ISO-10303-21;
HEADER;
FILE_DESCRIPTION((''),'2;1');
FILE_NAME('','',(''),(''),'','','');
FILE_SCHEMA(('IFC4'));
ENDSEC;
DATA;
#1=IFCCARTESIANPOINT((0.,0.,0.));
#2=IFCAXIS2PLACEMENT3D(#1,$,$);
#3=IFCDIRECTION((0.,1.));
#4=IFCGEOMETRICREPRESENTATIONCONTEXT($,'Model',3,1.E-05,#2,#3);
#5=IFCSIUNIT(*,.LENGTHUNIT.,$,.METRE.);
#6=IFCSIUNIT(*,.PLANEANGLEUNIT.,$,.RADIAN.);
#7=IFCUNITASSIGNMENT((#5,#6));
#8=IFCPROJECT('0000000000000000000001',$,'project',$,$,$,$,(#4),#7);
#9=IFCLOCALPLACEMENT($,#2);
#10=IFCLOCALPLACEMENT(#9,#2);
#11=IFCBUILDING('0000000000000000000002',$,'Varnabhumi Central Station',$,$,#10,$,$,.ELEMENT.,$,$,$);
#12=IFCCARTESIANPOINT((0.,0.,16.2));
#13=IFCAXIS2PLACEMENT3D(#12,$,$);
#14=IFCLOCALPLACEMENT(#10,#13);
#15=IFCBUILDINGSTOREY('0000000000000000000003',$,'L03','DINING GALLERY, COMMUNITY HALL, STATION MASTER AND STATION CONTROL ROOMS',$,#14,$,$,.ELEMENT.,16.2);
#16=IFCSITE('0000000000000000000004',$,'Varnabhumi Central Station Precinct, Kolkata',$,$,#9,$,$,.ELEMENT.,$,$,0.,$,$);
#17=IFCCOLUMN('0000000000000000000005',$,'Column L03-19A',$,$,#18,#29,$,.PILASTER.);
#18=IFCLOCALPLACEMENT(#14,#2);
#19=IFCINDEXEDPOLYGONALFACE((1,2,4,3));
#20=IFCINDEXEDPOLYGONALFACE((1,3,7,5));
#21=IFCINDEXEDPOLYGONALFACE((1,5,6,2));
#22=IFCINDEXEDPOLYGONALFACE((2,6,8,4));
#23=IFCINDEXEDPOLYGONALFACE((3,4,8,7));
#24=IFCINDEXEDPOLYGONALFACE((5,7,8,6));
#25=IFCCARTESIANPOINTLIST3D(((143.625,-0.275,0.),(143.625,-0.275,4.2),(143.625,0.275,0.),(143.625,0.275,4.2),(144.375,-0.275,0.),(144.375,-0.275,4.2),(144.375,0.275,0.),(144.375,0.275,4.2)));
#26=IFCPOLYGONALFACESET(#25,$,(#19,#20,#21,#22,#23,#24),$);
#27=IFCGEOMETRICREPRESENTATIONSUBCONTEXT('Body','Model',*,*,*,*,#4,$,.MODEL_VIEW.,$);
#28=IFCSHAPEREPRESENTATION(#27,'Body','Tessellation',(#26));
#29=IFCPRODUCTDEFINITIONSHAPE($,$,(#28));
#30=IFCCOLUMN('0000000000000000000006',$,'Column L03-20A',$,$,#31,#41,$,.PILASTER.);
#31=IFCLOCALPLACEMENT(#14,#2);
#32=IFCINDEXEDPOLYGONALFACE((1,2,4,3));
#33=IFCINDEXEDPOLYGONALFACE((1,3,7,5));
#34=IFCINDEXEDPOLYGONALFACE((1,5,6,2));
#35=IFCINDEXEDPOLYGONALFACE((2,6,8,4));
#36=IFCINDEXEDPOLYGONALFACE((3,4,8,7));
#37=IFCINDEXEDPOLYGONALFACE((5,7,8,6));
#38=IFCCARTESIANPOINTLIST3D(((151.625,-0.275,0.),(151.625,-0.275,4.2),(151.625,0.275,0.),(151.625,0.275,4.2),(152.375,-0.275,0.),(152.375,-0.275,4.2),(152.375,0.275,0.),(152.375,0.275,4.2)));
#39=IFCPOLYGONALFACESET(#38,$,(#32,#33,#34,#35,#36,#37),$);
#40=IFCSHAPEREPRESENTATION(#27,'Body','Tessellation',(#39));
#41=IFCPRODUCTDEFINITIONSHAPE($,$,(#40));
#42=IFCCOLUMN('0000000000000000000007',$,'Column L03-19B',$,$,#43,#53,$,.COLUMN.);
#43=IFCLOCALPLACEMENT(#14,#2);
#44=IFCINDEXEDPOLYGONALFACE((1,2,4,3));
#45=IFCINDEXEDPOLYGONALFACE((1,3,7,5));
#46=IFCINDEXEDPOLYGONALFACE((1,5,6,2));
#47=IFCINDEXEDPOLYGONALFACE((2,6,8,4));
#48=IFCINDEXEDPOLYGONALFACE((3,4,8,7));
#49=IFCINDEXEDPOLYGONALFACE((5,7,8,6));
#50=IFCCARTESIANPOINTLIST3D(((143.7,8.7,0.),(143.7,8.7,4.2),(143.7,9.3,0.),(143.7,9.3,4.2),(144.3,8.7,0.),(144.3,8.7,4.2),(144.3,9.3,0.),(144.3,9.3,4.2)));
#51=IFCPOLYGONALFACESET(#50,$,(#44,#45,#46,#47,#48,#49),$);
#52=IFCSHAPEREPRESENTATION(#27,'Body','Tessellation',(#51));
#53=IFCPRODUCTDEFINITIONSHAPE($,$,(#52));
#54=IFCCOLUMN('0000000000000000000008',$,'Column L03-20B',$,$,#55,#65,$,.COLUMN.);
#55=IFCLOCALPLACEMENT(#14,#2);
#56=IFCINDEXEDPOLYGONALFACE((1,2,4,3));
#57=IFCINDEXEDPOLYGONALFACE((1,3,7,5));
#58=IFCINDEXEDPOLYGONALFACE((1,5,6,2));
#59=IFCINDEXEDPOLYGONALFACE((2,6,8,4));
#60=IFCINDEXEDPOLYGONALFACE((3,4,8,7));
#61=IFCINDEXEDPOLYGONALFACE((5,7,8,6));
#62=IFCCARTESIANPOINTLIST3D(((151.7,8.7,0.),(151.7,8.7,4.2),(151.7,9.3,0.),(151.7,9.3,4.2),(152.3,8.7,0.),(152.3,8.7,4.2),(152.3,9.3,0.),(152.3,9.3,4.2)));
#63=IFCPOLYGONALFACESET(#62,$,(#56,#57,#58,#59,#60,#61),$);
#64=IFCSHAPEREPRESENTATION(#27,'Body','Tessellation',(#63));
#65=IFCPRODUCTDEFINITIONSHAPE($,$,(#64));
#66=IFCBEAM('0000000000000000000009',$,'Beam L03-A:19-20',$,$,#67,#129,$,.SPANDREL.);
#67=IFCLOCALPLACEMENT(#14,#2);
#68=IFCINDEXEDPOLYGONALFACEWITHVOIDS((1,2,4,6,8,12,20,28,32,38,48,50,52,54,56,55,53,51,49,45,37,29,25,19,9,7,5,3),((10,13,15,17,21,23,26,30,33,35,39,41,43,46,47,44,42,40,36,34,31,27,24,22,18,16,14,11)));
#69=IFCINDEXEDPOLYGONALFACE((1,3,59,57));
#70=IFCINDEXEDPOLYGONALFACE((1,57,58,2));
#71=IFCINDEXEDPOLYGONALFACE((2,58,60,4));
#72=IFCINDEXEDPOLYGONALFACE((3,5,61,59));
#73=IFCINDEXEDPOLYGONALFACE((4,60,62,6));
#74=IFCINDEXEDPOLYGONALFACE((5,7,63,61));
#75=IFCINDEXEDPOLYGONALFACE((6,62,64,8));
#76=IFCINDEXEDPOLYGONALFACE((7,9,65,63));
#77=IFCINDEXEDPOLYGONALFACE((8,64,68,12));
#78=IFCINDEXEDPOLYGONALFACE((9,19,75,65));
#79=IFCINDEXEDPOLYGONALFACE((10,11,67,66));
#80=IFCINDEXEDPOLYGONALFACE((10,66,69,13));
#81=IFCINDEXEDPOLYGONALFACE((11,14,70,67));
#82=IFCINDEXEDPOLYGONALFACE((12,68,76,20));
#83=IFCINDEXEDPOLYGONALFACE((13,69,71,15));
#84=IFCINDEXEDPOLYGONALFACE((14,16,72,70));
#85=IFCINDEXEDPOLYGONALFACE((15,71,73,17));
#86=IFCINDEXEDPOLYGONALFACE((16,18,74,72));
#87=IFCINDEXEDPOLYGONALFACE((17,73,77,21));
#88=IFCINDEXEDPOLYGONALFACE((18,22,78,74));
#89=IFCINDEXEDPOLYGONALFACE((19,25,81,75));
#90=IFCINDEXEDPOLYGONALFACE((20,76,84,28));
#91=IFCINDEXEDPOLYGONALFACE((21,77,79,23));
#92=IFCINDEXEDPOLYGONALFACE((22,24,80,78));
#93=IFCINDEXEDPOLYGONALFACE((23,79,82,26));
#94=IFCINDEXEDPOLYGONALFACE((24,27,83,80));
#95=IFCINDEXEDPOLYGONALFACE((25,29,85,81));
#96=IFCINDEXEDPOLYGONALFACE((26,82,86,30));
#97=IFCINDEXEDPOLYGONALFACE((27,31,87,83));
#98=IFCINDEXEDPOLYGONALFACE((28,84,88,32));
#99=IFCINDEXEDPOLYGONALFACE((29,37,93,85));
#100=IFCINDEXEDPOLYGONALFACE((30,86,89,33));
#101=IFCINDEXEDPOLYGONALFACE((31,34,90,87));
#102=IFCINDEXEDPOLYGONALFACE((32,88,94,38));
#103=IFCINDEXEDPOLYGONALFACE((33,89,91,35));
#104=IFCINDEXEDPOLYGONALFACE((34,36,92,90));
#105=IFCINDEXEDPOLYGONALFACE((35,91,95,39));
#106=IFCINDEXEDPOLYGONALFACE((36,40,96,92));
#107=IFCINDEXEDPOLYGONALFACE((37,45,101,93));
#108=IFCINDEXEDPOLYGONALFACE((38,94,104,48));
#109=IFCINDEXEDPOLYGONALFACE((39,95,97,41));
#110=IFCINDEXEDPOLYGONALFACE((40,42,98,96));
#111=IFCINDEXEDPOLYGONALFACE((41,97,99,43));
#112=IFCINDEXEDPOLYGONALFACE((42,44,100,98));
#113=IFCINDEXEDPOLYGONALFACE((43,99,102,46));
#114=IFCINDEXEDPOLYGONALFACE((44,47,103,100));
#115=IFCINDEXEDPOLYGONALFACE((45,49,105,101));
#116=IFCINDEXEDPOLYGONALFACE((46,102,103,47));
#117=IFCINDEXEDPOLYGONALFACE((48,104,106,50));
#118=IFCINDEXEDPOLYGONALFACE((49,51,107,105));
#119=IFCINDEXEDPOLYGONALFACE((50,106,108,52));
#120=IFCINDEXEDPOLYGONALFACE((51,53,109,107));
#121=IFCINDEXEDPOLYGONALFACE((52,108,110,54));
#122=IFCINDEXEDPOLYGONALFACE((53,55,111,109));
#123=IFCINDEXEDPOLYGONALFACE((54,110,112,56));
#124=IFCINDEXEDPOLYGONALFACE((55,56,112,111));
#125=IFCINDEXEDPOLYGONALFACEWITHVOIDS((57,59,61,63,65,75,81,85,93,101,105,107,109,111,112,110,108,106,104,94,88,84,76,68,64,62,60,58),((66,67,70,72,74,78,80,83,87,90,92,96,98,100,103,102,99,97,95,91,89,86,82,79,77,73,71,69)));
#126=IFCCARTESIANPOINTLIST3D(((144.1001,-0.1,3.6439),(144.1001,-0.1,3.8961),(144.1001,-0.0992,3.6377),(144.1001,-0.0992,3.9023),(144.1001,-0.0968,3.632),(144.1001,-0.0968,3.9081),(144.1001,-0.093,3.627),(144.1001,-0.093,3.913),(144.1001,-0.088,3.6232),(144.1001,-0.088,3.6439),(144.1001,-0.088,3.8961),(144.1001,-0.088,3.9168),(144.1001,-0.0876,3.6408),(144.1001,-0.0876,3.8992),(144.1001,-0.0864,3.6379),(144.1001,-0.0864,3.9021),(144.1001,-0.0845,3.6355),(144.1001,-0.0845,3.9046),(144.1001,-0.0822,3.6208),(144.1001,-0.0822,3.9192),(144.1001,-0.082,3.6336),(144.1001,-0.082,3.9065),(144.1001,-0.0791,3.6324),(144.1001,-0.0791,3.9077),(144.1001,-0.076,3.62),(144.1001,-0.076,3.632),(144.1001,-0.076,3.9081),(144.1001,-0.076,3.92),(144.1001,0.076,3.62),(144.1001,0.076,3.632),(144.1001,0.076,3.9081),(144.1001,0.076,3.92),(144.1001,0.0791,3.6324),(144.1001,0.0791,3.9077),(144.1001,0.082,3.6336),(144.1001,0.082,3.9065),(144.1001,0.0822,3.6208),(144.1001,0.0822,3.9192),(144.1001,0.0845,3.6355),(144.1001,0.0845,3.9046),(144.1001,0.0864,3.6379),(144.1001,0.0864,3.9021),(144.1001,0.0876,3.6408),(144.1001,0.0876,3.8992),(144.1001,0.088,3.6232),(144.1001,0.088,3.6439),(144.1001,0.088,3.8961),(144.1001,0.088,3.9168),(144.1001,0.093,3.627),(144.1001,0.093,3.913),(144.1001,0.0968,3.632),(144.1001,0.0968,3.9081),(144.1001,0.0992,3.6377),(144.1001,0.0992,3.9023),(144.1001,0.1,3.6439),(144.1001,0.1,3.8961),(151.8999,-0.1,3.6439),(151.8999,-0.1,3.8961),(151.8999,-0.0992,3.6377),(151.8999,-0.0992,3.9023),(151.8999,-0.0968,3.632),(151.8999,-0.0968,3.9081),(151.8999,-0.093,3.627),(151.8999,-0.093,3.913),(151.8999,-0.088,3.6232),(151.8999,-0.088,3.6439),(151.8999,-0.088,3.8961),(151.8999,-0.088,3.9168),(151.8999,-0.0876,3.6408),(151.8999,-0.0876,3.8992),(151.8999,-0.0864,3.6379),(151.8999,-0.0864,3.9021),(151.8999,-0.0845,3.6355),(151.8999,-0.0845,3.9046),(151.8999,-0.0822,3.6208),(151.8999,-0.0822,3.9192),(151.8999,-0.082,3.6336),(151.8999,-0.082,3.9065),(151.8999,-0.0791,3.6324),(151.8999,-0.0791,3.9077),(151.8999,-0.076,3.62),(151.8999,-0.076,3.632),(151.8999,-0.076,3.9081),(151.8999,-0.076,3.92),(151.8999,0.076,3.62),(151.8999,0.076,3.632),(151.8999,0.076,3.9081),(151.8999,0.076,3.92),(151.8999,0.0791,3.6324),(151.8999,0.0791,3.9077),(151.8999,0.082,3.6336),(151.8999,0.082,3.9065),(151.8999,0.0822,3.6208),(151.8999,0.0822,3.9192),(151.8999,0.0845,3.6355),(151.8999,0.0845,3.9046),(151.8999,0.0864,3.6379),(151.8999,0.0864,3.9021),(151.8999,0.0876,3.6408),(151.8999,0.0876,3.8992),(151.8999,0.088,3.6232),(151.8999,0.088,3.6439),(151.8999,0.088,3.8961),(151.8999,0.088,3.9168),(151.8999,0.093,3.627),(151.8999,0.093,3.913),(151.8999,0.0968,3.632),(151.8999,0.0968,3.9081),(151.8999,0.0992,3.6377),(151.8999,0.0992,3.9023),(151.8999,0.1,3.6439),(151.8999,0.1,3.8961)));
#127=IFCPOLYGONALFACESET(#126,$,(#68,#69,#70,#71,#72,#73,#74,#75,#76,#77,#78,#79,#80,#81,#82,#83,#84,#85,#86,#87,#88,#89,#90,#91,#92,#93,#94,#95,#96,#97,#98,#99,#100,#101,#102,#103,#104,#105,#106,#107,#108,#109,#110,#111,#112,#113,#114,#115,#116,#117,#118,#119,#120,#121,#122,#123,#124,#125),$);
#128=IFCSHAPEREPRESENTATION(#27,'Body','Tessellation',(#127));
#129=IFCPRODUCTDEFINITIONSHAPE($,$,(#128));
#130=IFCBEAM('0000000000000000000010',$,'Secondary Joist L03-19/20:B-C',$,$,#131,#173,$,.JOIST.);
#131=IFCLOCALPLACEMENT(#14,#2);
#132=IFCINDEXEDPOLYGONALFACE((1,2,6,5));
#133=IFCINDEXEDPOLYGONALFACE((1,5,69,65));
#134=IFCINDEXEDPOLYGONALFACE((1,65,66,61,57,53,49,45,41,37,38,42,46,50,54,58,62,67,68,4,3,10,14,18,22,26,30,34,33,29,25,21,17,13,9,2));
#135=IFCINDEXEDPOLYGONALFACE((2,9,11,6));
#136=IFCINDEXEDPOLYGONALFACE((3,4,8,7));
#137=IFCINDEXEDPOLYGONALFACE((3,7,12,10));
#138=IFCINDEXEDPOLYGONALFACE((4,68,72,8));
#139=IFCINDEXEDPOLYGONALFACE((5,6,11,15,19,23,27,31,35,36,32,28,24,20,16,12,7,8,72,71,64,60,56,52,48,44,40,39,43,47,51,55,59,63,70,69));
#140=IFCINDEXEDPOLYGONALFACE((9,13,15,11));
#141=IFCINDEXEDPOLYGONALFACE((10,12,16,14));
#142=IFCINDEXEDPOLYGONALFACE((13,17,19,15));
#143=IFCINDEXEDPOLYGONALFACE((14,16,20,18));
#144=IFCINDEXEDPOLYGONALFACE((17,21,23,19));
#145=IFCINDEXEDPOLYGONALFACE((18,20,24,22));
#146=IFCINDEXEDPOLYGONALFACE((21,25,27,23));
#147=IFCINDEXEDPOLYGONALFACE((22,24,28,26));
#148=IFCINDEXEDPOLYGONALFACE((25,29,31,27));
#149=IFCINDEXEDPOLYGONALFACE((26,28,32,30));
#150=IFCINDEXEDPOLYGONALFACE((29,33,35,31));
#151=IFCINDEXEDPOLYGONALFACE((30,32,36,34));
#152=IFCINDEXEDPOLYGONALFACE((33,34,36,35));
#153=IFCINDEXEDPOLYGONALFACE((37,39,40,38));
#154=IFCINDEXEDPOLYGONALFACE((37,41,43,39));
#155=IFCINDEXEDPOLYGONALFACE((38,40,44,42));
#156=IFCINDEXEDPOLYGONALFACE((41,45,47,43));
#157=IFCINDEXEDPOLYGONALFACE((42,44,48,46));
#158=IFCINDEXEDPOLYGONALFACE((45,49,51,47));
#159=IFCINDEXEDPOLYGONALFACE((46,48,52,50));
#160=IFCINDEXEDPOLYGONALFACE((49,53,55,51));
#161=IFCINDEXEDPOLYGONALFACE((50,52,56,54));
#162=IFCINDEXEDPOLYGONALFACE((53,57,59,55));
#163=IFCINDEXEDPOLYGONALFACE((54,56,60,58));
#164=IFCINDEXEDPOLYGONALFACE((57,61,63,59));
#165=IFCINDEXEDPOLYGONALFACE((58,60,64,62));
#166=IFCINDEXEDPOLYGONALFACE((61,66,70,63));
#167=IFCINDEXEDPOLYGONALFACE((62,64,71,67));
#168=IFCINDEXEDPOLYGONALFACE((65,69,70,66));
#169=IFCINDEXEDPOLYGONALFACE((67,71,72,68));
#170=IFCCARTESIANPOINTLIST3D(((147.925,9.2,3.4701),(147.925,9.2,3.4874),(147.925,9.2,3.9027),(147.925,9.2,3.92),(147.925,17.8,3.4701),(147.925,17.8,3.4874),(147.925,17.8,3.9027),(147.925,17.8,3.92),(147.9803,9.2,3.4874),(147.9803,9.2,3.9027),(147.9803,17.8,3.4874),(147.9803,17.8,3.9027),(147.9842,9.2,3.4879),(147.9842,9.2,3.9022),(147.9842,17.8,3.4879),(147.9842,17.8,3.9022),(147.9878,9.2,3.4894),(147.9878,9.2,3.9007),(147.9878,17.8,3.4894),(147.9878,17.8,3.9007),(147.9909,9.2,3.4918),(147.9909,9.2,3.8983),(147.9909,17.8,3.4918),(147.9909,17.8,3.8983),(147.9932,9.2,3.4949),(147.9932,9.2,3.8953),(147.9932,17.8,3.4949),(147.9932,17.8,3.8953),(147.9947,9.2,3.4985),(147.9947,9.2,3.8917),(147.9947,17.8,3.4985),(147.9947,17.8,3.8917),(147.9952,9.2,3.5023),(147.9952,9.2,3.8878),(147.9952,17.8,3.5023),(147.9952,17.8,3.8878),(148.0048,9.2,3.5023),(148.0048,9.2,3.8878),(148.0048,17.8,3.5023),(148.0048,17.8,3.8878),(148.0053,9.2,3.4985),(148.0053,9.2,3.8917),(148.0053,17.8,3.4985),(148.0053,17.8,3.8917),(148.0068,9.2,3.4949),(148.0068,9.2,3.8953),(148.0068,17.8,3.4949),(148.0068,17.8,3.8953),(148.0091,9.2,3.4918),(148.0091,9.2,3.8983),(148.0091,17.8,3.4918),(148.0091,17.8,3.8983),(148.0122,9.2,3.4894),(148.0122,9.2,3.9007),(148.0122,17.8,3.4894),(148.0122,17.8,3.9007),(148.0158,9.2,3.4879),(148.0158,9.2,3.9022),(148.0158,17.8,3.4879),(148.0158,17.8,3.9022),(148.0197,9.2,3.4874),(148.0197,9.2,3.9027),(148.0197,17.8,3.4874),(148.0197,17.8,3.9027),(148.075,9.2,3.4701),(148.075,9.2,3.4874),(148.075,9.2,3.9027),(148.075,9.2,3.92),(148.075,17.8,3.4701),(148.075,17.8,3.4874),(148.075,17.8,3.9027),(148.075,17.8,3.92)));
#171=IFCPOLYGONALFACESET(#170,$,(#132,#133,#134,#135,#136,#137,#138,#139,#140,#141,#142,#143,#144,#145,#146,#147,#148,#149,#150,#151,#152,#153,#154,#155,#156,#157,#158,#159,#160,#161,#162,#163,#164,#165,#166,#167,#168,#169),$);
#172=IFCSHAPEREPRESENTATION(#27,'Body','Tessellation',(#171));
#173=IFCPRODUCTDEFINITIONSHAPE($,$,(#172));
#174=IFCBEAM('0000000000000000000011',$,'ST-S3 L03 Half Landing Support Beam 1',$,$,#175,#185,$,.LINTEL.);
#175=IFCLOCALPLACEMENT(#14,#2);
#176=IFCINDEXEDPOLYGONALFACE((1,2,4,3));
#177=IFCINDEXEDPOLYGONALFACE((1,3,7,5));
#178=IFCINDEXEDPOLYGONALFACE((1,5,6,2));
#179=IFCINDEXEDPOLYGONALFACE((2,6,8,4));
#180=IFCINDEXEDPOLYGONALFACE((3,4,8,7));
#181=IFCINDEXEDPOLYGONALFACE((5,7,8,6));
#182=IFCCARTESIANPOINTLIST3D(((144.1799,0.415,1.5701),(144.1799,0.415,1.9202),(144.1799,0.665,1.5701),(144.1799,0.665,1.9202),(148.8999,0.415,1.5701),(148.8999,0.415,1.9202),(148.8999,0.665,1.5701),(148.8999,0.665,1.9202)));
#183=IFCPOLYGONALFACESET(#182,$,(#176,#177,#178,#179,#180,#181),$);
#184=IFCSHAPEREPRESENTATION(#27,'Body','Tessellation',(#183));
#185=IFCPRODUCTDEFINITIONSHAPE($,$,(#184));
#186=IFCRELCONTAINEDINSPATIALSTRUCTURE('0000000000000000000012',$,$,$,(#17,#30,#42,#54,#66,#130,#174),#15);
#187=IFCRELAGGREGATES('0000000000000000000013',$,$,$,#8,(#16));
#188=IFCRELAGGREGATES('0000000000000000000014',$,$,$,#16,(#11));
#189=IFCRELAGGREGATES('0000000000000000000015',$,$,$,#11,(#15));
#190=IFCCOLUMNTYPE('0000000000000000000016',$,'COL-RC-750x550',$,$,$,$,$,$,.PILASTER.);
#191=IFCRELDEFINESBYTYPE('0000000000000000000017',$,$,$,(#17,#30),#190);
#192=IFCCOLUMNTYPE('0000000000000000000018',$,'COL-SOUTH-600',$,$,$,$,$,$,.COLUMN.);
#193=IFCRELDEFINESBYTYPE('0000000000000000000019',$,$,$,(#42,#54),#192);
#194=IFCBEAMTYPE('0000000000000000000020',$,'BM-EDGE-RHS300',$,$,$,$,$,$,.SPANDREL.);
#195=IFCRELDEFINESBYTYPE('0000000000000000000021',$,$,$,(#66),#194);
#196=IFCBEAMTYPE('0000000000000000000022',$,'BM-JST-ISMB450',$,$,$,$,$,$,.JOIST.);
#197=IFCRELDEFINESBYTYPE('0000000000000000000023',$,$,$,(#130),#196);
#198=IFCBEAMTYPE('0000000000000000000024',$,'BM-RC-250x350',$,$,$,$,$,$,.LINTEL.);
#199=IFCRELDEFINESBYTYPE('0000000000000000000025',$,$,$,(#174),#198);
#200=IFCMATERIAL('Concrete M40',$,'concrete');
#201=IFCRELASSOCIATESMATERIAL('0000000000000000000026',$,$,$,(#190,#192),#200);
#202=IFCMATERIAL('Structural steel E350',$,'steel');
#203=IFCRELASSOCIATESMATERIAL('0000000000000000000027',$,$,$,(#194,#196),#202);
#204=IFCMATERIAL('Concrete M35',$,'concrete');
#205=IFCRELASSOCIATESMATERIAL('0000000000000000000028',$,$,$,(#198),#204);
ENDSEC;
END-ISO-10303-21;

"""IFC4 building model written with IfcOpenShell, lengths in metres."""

from ifc_helpers import new_model, si_unit, direction, frame, origin, origin_2d, place, context, subcontext, project, spatial, rectangle, hollow_rectangle, i_section, extrude, material, material_profile, profile_set, type_object, element, save


model = new_model("IFC4")

# Units and contexts
model_context = context("Model", 3, precision=1e-05, world=origin(), true_north=direction((0.0, 1.0)))
body_context = subcontext(model_context, "Body", "Model", "MODEL_VIEW")
ifc_project = project(units=[si_unit("LENGTHUNIT", "METRE"), si_unit("PLANEANGLEUNIT", "RADIAN")], contexts=[model_context])

# Site, building, storey
site_placement = place(None, origin())
site = spatial("IfcSite", under=ifc_project, at=site_placement, Name="Varnabhumi Central Station Precinct, Kolkata", CompositionType="ELEMENT", RefElevation=0.0)
building_placement = place(site_placement, origin())
building = spatial("IfcBuilding", under=site, at=building_placement, Name="Varnabhumi Central Station", CompositionType="ELEMENT")
storey_placement = place(building_placement, frame((0.0, 0.0, 16.2)))
storey = spatial("IfcBuildingStorey", under=building, at=storey_placement, Name="L03", Description="DINING GALLERY, COMMUNITY HALL, STATION MASTER AND STATION CONTROL ROOMS", CompositionType="ELEMENT", Elevation=16.2)

# Columns
ifc_material_1 = material(Name="Concrete M40", Category="concrete")
ifc_material_profile_1 = material_profile(ifc_material_1, rectangle(XDim=0.75, YDim=0.55, at=origin_2d()), Name="Concrete M40", Category="concrete")
ifc_profile_set_1 = profile_set([ifc_material_profile_1], Name="Concrete M40")
column_type_1 = type_object("IfcColumnType", Name="COL-RC-750x550", PredefinedType="PILASTER", material=ifc_profile_set_1)
for number, where, z_axis, x_axis, name in (
    (1, (144.0, 0.0, 0.0), (0.0, 0.0, 1.0), (1.0, 0.0, 0.0), "Column L03-19A"),
    (2, (152.0, 0.0, 0.0), (0.0, 0.0, 1.0), (1.0, 0.0, 0.0), "Column L03-20A"),
):
    element("IfcColumn", number, at=place(storey_placement, frame(where, z_axis=z_axis, x_axis=x_axis)), inside=storey, type_object=column_type_1, Name=name, PredefinedType="PILASTER", context=body_context, shape_type="SweptSolid", body=[
        extrude(rectangle(XDim=0.75, YDim=0.55, at=origin_2d()), origin(), (0.0, 0.0, 1.0), 4.2),
    ])
ifc_material_profile_2 = material_profile(ifc_material_1, rectangle(XDim=0.6001, YDim=0.6001, at=origin_2d()), Name="Concrete M40", Category="concrete")
ifc_profile_set_2 = profile_set([ifc_material_profile_2], Name="Concrete M40")
column_type_2 = type_object("IfcColumnType", Name="COL-SOUTH-600", PredefinedType="COLUMN", material=ifc_profile_set_2)
for number, where, z_axis, x_axis, name in (
    (3, (144.0, 9.0, 0.0), (0.0, 0.0, 1.0), (1.0, 0.0, 0.0), "Column L03-19B"),
    (4, (152.0, 9.0, 0.0), (0.0, 0.0, 1.0), (1.0, 0.0, 0.0), "Column L03-20B"),
):
    element("IfcColumn", number, at=place(storey_placement, frame(where, z_axis=z_axis, x_axis=x_axis)), inside=storey, type_object=column_type_2, Name=name, PredefinedType="COLUMN", context=body_context, shape_type="SweptSolid", body=[
        extrude(rectangle(XDim=0.6001, YDim=0.6001, at=origin_2d()), origin(), (0.0, 0.0, 1.0), 4.2),
    ])

# Beams
ifc_material_2 = material(Name="Structural steel E350", Category="steel")
ifc_material_profile_3 = material_profile(ifc_material_2, hollow_rectangle(XDim=0.2, YDim=0.3, WallThickness=0.012, InnerFilletRadius=0.012, OuterFilletRadius=0.0239, at=origin_2d()), Name="Structural steel E350", Category="steel")
ifc_profile_set_3 = profile_set([ifc_material_profile_3], Name="Structural steel E350")
beam_type_1 = type_object("IfcBeamType", Name="BM-EDGE-RHS300", PredefinedType="SPANDREL", material=ifc_profile_set_3)
beam_1_placement = place(storey_placement, frame((144.1001, 0.0, 3.77), z_axis=(1.0, 0.0, 0.0), x_axis=(0.0, 1.0, 0.0)))
element("IfcBeam", 5, at=beam_1_placement, inside=storey, type_object=beam_type_1, Name="Beam L03-A:19-20", PredefinedType="SPANDREL", context=body_context, shape_type="SweptSolid", body=[
    extrude(hollow_rectangle(XDim=0.2, YDim=0.3, WallThickness=0.012, InnerFilletRadius=0.012, OuterFilletRadius=0.0239, at=origin_2d()), origin(), (0.0, 0.0, 1.0), 7.7998),
])
ifc_material_profile_4 = material_profile(ifc_material_2, i_section(OverallWidth=0.1499, OverallDepth=0.45, WebThickness=0.0095, FlangeThickness=0.0173, FilletRadius=0.0149, at=origin_2d()), Name="Structural steel E350", Category="steel")
ifc_profile_set_4 = profile_set([ifc_material_profile_4], Name="Structural steel E350")
beam_type_2 = type_object("IfcBeamType", Name="BM-JST-ISMB450", PredefinedType="JOIST", material=ifc_profile_set_4)
beam_2_placement = place(storey_placement, frame((148.0, 9.2, 3.6951), z_axis=(0.0, 1.0, 0.0), x_axis=(-1.0, 0.0, 0.0)))
element("IfcBeam", 6, at=beam_2_placement, inside=storey, type_object=beam_type_2, Name="Secondary Joist L03-19/20:B-C", PredefinedType="JOIST", context=body_context, shape_type="SweptSolid", body=[
    extrude(i_section(OverallWidth=0.1499, OverallDepth=0.45, WebThickness=0.0095, FlangeThickness=0.0173, FilletRadius=0.0149, at=origin_2d()), origin(), (0.0, 0.0, 1.0), 8.6001),
])
ifc_material_3 = material(Name="Concrete M35", Category="concrete")
ifc_material_profile_5 = material_profile(ifc_material_3, rectangle(XDim=0.25, YDim=0.3501, at=origin_2d()), Name="Concrete M35", Category="concrete")
ifc_profile_set_5 = profile_set([ifc_material_profile_5], Name="Concrete M35")
beam_type_3 = type_object("IfcBeamType", Name="BM-RC-250x350", PredefinedType="LINTEL", material=ifc_profile_set_5)
for number, where, z_axis, x_axis, name in (
    (7, (144.1799, 0.54, 1.7451), (1.0, 0.0, 0.0), (0.0, 1.0, 0.0), "ST-S3 L03 Half Landing Support Beam 1"),
):
    element("IfcBeam", number, at=place(storey_placement, frame(where, z_axis=z_axis, x_axis=x_axis)), inside=storey, type_object=beam_type_3, Name=name, PredefinedType="LINTEL", context=body_context, shape_type="SweptSolid", body=[
        extrude(rectangle(XDim=0.25, YDim=0.3501, at=origin_2d()), origin(), (0.0, 0.0, 1.0), 4.72),
    ])

save(model, "model.ifc")
